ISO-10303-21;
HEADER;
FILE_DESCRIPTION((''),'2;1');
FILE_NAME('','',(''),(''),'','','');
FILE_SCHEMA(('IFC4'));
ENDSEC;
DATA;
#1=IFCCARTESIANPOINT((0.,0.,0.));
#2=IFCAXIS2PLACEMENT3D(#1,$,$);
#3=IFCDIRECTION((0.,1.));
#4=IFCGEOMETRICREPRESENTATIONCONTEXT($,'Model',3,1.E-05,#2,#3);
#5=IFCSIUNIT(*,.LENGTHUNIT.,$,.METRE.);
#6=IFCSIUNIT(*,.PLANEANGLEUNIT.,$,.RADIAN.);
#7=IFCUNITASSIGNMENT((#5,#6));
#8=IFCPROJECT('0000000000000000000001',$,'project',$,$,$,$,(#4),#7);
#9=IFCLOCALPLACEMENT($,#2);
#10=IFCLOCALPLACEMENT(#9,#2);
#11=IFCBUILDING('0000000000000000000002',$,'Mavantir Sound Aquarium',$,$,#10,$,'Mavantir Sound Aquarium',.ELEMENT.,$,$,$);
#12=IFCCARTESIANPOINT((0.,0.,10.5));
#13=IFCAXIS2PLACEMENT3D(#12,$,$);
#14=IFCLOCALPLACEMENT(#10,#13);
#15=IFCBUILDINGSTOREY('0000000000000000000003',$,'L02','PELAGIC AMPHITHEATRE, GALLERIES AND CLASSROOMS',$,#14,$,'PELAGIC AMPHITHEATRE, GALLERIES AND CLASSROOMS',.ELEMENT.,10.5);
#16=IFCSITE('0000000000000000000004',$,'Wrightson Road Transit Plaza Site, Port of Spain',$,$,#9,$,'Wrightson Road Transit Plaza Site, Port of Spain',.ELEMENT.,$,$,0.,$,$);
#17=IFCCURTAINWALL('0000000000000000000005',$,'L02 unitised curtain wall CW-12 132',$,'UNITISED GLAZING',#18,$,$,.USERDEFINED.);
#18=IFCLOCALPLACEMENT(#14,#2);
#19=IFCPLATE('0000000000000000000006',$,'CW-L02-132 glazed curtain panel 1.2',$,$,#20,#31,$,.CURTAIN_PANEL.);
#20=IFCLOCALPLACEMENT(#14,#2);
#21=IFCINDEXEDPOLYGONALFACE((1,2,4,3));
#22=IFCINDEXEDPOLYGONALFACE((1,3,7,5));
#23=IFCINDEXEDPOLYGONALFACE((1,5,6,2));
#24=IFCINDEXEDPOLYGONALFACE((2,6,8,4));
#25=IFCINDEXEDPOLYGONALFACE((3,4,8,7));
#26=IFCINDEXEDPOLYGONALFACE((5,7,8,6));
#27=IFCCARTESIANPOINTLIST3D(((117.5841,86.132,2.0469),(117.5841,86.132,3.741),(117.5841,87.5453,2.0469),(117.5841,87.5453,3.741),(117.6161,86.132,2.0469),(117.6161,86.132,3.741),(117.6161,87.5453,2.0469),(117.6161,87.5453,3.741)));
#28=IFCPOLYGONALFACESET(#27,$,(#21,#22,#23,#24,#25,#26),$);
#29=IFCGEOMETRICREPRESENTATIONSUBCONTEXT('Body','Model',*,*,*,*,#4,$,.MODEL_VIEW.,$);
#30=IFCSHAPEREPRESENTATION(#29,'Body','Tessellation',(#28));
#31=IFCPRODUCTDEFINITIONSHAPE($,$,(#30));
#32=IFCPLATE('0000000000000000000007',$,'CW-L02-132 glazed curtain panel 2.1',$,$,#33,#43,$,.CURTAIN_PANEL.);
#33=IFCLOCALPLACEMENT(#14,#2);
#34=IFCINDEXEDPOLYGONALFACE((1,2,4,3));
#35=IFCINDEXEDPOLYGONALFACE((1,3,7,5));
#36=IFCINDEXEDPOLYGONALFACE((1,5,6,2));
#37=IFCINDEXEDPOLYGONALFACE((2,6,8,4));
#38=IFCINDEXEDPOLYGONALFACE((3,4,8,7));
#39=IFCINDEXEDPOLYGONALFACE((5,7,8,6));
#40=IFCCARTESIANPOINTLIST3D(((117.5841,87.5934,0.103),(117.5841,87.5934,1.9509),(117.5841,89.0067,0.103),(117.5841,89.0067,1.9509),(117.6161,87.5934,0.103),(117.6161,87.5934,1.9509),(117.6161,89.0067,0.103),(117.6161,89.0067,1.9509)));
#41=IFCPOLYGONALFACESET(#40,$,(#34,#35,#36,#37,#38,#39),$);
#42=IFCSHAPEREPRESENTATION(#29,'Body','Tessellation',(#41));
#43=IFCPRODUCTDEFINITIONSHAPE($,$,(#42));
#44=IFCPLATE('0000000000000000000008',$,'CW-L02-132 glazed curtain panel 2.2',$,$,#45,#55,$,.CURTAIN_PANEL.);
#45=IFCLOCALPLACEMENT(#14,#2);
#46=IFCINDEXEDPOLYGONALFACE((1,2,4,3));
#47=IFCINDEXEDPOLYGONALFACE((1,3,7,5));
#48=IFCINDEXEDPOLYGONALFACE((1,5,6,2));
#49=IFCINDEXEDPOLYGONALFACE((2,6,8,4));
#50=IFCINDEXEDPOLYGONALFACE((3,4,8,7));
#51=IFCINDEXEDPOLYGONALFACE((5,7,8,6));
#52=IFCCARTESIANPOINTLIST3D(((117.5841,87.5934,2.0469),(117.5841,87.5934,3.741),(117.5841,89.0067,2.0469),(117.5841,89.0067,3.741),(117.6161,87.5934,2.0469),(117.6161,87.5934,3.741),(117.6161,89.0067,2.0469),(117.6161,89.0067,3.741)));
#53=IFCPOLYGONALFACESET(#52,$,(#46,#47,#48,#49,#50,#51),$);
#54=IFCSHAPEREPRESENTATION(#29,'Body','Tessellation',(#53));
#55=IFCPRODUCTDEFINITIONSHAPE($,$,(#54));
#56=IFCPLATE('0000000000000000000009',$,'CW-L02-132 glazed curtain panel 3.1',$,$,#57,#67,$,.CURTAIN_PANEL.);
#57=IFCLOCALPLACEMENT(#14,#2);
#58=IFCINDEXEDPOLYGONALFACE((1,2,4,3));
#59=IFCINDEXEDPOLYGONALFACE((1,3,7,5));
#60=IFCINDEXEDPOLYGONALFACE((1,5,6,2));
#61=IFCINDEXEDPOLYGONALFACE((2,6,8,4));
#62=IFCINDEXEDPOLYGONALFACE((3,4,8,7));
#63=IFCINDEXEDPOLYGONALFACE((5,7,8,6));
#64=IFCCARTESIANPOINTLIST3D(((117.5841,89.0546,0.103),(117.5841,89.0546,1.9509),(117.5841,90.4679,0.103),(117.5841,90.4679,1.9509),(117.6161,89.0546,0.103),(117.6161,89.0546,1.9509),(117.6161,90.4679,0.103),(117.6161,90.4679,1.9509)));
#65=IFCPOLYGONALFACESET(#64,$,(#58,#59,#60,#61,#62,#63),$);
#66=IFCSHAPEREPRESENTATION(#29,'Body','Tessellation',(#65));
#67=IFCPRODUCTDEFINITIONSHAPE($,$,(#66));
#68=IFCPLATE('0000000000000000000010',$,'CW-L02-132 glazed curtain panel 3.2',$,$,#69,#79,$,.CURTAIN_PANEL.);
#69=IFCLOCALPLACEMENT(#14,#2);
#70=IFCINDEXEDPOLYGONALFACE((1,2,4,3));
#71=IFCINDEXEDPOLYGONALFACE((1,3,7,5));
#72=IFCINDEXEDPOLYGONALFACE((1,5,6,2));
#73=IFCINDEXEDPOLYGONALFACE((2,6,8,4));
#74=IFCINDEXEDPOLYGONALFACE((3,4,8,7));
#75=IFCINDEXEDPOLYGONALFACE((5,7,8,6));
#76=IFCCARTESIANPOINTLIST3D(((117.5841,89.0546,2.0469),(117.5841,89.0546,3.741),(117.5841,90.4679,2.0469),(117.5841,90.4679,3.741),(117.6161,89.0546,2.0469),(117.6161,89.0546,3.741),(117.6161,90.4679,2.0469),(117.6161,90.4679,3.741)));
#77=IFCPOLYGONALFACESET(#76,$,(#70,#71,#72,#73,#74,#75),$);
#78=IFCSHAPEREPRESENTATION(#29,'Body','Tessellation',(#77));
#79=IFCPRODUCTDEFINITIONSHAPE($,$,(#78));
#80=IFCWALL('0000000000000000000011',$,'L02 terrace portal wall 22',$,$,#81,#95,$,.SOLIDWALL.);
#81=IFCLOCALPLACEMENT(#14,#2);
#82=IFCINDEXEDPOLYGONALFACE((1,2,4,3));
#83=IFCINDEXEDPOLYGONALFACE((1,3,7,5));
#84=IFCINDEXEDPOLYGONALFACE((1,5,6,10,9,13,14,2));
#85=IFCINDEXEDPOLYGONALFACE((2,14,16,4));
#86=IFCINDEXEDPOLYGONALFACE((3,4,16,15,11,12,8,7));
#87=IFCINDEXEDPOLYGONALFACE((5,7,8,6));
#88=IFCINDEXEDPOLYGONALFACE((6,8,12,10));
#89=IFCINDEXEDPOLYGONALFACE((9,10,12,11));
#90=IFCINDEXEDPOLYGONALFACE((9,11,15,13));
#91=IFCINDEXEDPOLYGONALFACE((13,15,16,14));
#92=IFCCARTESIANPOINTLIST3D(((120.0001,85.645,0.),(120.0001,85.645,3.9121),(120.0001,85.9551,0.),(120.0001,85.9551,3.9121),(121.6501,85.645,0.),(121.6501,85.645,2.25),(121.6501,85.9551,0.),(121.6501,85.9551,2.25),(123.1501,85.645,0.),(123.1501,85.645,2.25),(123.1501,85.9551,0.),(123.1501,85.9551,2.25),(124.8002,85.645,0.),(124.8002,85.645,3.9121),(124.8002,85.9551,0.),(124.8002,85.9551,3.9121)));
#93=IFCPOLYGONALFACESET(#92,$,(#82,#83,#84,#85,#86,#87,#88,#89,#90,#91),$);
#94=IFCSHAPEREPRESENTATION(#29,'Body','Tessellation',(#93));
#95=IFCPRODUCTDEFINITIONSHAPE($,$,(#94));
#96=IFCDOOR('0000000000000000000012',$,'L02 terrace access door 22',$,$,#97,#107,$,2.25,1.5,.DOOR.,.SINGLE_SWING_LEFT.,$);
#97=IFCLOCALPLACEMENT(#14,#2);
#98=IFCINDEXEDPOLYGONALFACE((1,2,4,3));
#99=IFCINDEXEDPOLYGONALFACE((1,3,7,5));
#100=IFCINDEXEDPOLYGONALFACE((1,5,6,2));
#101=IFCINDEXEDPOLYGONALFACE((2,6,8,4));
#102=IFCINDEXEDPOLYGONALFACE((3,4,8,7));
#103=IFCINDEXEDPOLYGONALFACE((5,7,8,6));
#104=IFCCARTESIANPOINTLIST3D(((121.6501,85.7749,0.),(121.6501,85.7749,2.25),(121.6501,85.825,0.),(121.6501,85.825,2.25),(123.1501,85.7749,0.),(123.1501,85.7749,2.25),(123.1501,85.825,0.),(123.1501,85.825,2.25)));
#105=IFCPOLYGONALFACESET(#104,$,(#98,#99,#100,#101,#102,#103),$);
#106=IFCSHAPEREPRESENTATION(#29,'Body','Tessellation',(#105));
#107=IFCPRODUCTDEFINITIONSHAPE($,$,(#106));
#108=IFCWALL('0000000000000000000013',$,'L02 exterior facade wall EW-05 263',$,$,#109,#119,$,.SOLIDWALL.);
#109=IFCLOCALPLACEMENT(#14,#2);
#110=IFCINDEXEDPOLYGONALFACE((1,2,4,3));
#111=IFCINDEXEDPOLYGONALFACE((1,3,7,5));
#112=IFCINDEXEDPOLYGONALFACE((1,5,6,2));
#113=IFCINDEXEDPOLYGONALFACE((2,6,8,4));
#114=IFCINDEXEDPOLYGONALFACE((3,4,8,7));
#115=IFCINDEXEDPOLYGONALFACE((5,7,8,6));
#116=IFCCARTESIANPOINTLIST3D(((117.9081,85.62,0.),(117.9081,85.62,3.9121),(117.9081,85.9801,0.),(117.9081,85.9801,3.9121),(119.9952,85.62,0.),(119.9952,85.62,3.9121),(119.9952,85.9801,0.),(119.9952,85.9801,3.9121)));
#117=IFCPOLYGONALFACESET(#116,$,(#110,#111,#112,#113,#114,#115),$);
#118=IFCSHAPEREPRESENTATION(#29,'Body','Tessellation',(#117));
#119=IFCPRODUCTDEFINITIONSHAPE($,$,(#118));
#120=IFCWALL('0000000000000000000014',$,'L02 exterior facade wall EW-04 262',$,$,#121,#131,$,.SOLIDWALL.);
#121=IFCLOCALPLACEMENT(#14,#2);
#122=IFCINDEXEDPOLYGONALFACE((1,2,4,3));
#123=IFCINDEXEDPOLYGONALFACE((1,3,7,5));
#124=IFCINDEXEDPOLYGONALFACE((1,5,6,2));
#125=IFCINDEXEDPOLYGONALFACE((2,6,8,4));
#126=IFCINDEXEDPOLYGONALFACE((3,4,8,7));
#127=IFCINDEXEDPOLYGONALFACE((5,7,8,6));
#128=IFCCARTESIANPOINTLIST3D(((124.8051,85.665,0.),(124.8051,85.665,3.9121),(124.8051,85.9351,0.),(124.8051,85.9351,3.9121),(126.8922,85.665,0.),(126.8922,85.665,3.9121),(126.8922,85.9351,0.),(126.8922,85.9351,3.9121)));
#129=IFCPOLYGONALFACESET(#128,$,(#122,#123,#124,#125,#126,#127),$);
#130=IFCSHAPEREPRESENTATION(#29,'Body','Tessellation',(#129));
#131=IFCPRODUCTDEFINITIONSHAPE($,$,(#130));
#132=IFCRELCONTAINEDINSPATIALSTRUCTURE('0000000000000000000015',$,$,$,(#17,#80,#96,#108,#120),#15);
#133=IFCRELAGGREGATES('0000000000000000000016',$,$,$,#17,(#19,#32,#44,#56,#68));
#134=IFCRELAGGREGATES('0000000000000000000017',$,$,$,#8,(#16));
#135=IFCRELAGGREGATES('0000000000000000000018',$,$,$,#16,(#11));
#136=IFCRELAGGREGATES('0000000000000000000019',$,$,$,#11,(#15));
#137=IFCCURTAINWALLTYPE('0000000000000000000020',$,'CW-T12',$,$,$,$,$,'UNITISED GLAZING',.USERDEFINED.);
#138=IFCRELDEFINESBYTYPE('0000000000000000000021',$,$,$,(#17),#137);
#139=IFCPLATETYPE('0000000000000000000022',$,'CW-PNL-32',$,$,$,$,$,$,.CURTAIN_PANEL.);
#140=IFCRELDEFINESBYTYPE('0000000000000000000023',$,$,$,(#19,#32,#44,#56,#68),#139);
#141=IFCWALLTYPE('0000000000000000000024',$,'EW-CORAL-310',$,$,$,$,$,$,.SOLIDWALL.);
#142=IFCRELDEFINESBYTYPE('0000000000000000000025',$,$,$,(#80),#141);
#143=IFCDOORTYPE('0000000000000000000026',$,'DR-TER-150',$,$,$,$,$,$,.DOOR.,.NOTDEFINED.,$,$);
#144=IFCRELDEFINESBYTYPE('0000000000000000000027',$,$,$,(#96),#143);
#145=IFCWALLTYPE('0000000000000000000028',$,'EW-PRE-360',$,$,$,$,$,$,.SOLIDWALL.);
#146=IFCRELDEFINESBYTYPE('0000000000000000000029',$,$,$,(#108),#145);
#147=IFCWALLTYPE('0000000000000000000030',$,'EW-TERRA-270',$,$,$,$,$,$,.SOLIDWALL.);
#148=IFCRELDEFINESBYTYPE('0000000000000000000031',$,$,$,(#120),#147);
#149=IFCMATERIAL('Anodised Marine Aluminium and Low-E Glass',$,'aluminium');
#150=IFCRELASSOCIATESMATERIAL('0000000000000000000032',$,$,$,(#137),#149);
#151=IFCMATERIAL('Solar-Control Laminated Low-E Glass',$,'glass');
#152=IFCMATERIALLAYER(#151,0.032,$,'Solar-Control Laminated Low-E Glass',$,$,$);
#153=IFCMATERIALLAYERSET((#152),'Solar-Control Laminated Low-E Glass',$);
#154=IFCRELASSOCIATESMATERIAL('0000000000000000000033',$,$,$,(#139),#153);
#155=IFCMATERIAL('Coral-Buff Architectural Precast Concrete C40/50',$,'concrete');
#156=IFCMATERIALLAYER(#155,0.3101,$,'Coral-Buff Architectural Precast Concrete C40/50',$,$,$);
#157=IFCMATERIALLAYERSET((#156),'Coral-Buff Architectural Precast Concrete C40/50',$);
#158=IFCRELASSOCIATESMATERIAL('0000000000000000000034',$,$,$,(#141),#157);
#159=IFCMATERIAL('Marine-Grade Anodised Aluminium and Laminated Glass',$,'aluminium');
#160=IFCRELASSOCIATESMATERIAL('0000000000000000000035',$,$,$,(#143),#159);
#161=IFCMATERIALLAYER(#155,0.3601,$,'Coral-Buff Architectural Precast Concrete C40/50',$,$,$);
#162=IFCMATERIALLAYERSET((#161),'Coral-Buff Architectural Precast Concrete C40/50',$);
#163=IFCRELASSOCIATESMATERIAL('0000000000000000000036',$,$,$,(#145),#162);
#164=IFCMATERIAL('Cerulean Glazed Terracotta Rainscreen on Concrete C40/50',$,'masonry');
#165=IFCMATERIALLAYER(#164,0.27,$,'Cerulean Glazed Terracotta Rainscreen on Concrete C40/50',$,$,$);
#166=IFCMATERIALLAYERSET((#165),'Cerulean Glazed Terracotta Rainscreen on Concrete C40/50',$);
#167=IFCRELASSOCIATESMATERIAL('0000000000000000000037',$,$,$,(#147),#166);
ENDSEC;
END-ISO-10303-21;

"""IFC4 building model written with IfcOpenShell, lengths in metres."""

from ifc_helpers import new_model, si_unit, direction, frame, frame_2d, origin, origin_2d, place, context, subcontext, project, spatial, rectangle, extrude, material, layer, layer_set, type_object, element, fill, aggregate, save


model = new_model("IFC4")

# Units and contexts
model_context = context("Model", 3, precision=1e-05, world=origin(), true_north=direction((0.0, 1.0)))
body_context = subcontext(model_context, "Body", "Model", "MODEL_VIEW")
ifc_project = project(units=[si_unit("LENGTHUNIT", "METRE"), si_unit("PLANEANGLEUNIT", "RADIAN")], contexts=[model_context])

# Site, building, storey
site_placement = place(None, origin())
site = spatial("IfcSite", under=ifc_project, at=site_placement, Name="Wrightson Road Transit Plaza Site, Port of Spain", LongName="Wrightson Road Transit Plaza Site, Port of Spain", CompositionType="ELEMENT", RefElevation=0.0)
building_placement = place(site_placement, origin())
building = spatial("IfcBuilding", under=site, at=building_placement, Name="Mavantir Sound Aquarium", LongName="Mavantir Sound Aquarium", CompositionType="ELEMENT")
storey_placement = place(building_placement, frame((0.0, 0.0, 10.5)))
storey = spatial("IfcBuildingStorey", under=building, at=storey_placement, Name="L02", Description="PELAGIC AMPHITHEATRE, GALLERIES AND CLASSROOMS", LongName="PELAGIC AMPHITHEATRE, GALLERIES AND CLASSROOMS", CompositionType="ELEMENT", Elevation=10.5)

# Shared definitions
ifc_material_1 = material(Name="Anodised Marine Aluminium and Low-E Glass", Category="aluminium")

# Curtain wall
curtain_wall_type_1 = type_object("IfcCurtainWallType", Name="CW-T12", ElementType="UNITISED GLAZING", PredefinedType="USERDEFINED", material=ifc_material_1)
curtain_wall_1_placement = place(storey_placement, origin())
curtain_wall_1 = element("IfcCurtainWall", 1, at=curtain_wall_1_placement, inside=storey, type_object=curtain_wall_type_1, Name="L02 unitised curtain wall CW-12 132", ObjectType="UNITISED GLAZING", PredefinedType="USERDEFINED")

# Plates
ifc_material_2 = material(Name="Solar-Control Laminated Low-E Glass", Category="glass")
ifc_layer_1 = layer(ifc_material_2, 0.032, Name="Solar-Control Laminated Low-E Glass")
ifc_layer_set_1 = layer_set([ifc_layer_1], Name="Solar-Control Laminated Low-E Glass")
plate_type_1 = type_object("IfcPlateType", Name="CW-PNL-32", PredefinedType="CURTAIN_PANEL", material=ifc_layer_set_1)
plate_1_placement = place(storey_placement, frame((117.6001, 86.8386, 2.0469), z_axis=(0.0, 0.0, 1.0), x_axis=(0.0, 1.0, 0.0)))
plate_1 = element("IfcPlate", 2, at=plate_1_placement, type_object=plate_type_1, Name="CW-L02-132 glazed curtain panel 1.2", PredefinedType="CURTAIN_PANEL", context=body_context, shape_type="SweptSolid", body=[
    extrude(rectangle(XDim=1.4133, YDim=0.032, at=origin_2d()), origin(), (0.0, 0.0, 1.0), 1.6941),
])
plate_2_placement = place(storey_placement, frame((117.6001, 88.3, 0.103), z_axis=(0.0, 0.0, 1.0), x_axis=(0.0, 1.0, 0.0)))
plate_2 = element("IfcPlate", 3, at=plate_2_placement, type_object=plate_type_1, Name="CW-L02-132 glazed curtain panel 2.1", PredefinedType="CURTAIN_PANEL", context=body_context, shape_type="SweptSolid", body=[
    extrude(rectangle(XDim=1.4133, YDim=0.032, at=origin_2d()), origin(), (0.0, 0.0, 1.0), 1.8479),
])
plate_3_placement = place(storey_placement, frame((117.6001, 88.3, 2.0469), z_axis=(0.0, 0.0, 1.0), x_axis=(0.0, 1.0, 0.0)))
plate_3 = element("IfcPlate", 4, at=plate_3_placement, type_object=plate_type_1, Name="CW-L02-132 glazed curtain panel 2.2", PredefinedType="CURTAIN_PANEL", context=body_context, shape_type="SweptSolid", body=[
    extrude(rectangle(XDim=1.4133, YDim=0.032, at=origin_2d()), origin(), (0.0, 0.0, 1.0), 1.6941),
])
plate_4_placement = place(storey_placement, frame((117.6001, 89.7612, 0.103), z_axis=(0.0, 0.0, 1.0), x_axis=(0.0, 1.0, 0.0)))
plate_4 = element("IfcPlate", 5, at=plate_4_placement, type_object=plate_type_1, Name="CW-L02-132 glazed curtain panel 3.1", PredefinedType="CURTAIN_PANEL", context=body_context, shape_type="SweptSolid", body=[
    extrude(rectangle(XDim=1.4133, YDim=0.032, at=origin_2d()), origin(), (0.0, 0.0, 1.0), 1.8479),
])
plate_5_placement = place(storey_placement, frame((117.6001, 89.7612, 2.0469), z_axis=(0.0, 0.0, 1.0), x_axis=(0.0, 1.0, 0.0)))
plate_5 = element("IfcPlate", 6, at=plate_5_placement, type_object=plate_type_1, Name="CW-L02-132 glazed curtain panel 3.2", PredefinedType="CURTAIN_PANEL", context=body_context, shape_type="SweptSolid", body=[
    extrude(rectangle(XDim=1.4133, YDim=0.032, at=origin_2d()), origin(), (0.0, 0.0, 1.0), 1.6941),
])
aggregate(curtain_wall_1, [plate_1, plate_2, plate_3, plate_4, plate_5])

# Wall, opening, door
ifc_material_3 = material(Name="Coral-Buff Architectural Precast Concrete C40/50", Category="concrete")
ifc_layer_2 = layer(ifc_material_3, 0.3101, Name="Coral-Buff Architectural Precast Concrete C40/50")
ifc_layer_set_2 = layer_set([ifc_layer_2], Name="Coral-Buff Architectural Precast Concrete C40/50")
wall_type_1 = type_object("IfcWallType", Name="EW-CORAL-310", PredefinedType="SOLIDWALL", material=ifc_layer_set_2)
wall_1_placement = place(storey_placement, frame((124.8, 85.8, 0.0), z_axis=(0.0, 0.0, 1.0), x_axis=(-1.0, 0.0, 0.0)))
wall_1 = element("IfcWall", 7, at=wall_1_placement, inside=storey, type_object=wall_type_1, Name="L02 terrace portal wall 22", PredefinedType="SOLIDWALL", context=body_context, shape_type="SweptSolid", body=[
    extrude(rectangle(XDim=4.8, YDim=0.3101, at=frame_2d((2.3999, 0.0))), origin(), (0.0, 0.0, 1.0), 3.9121),
])
opening_placement = place(wall_1_placement, frame((3.1499, 0.0, 0.0), z_axis=(0.0, 0.0, 1.0), x_axis=(-1.0, 0.0, 0.0)))
opening = element("IfcOpeningElement", 8, at=opening_placement, cuts=wall_1, PredefinedType="OPENING", context=body_context, shape_type="SweptSolid", body=[
    extrude(rectangle(XDim=1.5, YDim=2.25, at=frame_2d((0.75, 1.125))), frame((0.0, 0.165, 0.0), z_axis=(0.0, -1.0, 0.0), x_axis=(1.0, 0.0, 0.0)), (0.0, 0.0, 1.0), 0.3301),
])
ifc_material_4 = material(Name="Marine-Grade Anodised Aluminium and Laminated Glass", Category="aluminium")
door_type = type_object("IfcDoorType", Name="DR-TER-150", OperationType="NOTDEFINED", PredefinedType="DOOR", material=ifc_material_4)
door_placement = place(opening_placement, origin())
door = element("IfcDoor", 9, at=door_placement, inside=storey, type_object=door_type, Name="L02 terrace access door 22", OperationType="SINGLE_SWING_LEFT", OverallHeight=2.25, OverallWidth=1.5, PredefinedType="DOOR", context=body_context, shape_type="SweptSolid", body=[
    extrude(rectangle(XDim=1.5, YDim=2.25, at=frame_2d((0.75, 1.125))), frame((0.0, 0.0249, 0.0), z_axis=(0.0, -1.0, 0.0), x_axis=(1.0, 0.0, 0.0)), (0.0, 0.0, 1.0), 0.05),
])
fill(opening, door)

# Walls
ifc_layer_3 = layer(ifc_material_3, 0.3601, Name="Coral-Buff Architectural Precast Concrete C40/50")
ifc_layer_set_3 = layer_set([ifc_layer_3], Name="Coral-Buff Architectural Precast Concrete C40/50")
wall_type_2 = type_object("IfcWallType", Name="EW-PRE-360", PredefinedType="SOLIDWALL", material=ifc_layer_set_3)
wall_2_placement = place(storey_placement, frame((119.9951, 85.8, 0.0), z_axis=(0.0, 0.0, 1.0), x_axis=(-1.0, 0.0, 0.0)))
element("IfcWall", 10, at=wall_2_placement, inside=storey, type_object=wall_type_2, Name="L02 exterior facade wall EW-05 263", PredefinedType="SOLIDWALL", context=body_context, shape_type="SweptSolid", body=[
    extrude(rectangle(XDim=2.0872, YDim=0.3601, at=frame_2d((1.0435, 0.0))), origin(), (0.0, 0.0, 1.0), 3.9121),
])
ifc_material_5 = material(Name="Cerulean Glazed Terracotta Rainscreen on Concrete C40/50", Category="masonry")
ifc_layer_4 = layer(ifc_material_5, 0.27, Name="Cerulean Glazed Terracotta Rainscreen on Concrete C40/50")
ifc_layer_set_4 = layer_set([ifc_layer_4], Name="Cerulean Glazed Terracotta Rainscreen on Concrete C40/50")
wall_type_3 = type_object("IfcWallType", Name="EW-TERRA-270", PredefinedType="SOLIDWALL", material=ifc_layer_set_4)
wall_3_placement = place(storey_placement, frame((126.8921, 85.8, 0.0), z_axis=(0.0, 0.0, 1.0), x_axis=(-1.0, 0.0, 0.0)))
element("IfcWall", 11, at=wall_3_placement, inside=storey, type_object=wall_type_3, Name="L02 exterior facade wall EW-04 262", PredefinedType="SOLIDWALL", context=body_context, shape_type="SweptSolid", body=[
    extrude(rectangle(XDim=2.0872, YDim=0.27, at=frame_2d((1.0435, 0.0))), origin(), (0.0, 0.0, 1.0), 3.9121),
])

save(model, "model.ifc")
